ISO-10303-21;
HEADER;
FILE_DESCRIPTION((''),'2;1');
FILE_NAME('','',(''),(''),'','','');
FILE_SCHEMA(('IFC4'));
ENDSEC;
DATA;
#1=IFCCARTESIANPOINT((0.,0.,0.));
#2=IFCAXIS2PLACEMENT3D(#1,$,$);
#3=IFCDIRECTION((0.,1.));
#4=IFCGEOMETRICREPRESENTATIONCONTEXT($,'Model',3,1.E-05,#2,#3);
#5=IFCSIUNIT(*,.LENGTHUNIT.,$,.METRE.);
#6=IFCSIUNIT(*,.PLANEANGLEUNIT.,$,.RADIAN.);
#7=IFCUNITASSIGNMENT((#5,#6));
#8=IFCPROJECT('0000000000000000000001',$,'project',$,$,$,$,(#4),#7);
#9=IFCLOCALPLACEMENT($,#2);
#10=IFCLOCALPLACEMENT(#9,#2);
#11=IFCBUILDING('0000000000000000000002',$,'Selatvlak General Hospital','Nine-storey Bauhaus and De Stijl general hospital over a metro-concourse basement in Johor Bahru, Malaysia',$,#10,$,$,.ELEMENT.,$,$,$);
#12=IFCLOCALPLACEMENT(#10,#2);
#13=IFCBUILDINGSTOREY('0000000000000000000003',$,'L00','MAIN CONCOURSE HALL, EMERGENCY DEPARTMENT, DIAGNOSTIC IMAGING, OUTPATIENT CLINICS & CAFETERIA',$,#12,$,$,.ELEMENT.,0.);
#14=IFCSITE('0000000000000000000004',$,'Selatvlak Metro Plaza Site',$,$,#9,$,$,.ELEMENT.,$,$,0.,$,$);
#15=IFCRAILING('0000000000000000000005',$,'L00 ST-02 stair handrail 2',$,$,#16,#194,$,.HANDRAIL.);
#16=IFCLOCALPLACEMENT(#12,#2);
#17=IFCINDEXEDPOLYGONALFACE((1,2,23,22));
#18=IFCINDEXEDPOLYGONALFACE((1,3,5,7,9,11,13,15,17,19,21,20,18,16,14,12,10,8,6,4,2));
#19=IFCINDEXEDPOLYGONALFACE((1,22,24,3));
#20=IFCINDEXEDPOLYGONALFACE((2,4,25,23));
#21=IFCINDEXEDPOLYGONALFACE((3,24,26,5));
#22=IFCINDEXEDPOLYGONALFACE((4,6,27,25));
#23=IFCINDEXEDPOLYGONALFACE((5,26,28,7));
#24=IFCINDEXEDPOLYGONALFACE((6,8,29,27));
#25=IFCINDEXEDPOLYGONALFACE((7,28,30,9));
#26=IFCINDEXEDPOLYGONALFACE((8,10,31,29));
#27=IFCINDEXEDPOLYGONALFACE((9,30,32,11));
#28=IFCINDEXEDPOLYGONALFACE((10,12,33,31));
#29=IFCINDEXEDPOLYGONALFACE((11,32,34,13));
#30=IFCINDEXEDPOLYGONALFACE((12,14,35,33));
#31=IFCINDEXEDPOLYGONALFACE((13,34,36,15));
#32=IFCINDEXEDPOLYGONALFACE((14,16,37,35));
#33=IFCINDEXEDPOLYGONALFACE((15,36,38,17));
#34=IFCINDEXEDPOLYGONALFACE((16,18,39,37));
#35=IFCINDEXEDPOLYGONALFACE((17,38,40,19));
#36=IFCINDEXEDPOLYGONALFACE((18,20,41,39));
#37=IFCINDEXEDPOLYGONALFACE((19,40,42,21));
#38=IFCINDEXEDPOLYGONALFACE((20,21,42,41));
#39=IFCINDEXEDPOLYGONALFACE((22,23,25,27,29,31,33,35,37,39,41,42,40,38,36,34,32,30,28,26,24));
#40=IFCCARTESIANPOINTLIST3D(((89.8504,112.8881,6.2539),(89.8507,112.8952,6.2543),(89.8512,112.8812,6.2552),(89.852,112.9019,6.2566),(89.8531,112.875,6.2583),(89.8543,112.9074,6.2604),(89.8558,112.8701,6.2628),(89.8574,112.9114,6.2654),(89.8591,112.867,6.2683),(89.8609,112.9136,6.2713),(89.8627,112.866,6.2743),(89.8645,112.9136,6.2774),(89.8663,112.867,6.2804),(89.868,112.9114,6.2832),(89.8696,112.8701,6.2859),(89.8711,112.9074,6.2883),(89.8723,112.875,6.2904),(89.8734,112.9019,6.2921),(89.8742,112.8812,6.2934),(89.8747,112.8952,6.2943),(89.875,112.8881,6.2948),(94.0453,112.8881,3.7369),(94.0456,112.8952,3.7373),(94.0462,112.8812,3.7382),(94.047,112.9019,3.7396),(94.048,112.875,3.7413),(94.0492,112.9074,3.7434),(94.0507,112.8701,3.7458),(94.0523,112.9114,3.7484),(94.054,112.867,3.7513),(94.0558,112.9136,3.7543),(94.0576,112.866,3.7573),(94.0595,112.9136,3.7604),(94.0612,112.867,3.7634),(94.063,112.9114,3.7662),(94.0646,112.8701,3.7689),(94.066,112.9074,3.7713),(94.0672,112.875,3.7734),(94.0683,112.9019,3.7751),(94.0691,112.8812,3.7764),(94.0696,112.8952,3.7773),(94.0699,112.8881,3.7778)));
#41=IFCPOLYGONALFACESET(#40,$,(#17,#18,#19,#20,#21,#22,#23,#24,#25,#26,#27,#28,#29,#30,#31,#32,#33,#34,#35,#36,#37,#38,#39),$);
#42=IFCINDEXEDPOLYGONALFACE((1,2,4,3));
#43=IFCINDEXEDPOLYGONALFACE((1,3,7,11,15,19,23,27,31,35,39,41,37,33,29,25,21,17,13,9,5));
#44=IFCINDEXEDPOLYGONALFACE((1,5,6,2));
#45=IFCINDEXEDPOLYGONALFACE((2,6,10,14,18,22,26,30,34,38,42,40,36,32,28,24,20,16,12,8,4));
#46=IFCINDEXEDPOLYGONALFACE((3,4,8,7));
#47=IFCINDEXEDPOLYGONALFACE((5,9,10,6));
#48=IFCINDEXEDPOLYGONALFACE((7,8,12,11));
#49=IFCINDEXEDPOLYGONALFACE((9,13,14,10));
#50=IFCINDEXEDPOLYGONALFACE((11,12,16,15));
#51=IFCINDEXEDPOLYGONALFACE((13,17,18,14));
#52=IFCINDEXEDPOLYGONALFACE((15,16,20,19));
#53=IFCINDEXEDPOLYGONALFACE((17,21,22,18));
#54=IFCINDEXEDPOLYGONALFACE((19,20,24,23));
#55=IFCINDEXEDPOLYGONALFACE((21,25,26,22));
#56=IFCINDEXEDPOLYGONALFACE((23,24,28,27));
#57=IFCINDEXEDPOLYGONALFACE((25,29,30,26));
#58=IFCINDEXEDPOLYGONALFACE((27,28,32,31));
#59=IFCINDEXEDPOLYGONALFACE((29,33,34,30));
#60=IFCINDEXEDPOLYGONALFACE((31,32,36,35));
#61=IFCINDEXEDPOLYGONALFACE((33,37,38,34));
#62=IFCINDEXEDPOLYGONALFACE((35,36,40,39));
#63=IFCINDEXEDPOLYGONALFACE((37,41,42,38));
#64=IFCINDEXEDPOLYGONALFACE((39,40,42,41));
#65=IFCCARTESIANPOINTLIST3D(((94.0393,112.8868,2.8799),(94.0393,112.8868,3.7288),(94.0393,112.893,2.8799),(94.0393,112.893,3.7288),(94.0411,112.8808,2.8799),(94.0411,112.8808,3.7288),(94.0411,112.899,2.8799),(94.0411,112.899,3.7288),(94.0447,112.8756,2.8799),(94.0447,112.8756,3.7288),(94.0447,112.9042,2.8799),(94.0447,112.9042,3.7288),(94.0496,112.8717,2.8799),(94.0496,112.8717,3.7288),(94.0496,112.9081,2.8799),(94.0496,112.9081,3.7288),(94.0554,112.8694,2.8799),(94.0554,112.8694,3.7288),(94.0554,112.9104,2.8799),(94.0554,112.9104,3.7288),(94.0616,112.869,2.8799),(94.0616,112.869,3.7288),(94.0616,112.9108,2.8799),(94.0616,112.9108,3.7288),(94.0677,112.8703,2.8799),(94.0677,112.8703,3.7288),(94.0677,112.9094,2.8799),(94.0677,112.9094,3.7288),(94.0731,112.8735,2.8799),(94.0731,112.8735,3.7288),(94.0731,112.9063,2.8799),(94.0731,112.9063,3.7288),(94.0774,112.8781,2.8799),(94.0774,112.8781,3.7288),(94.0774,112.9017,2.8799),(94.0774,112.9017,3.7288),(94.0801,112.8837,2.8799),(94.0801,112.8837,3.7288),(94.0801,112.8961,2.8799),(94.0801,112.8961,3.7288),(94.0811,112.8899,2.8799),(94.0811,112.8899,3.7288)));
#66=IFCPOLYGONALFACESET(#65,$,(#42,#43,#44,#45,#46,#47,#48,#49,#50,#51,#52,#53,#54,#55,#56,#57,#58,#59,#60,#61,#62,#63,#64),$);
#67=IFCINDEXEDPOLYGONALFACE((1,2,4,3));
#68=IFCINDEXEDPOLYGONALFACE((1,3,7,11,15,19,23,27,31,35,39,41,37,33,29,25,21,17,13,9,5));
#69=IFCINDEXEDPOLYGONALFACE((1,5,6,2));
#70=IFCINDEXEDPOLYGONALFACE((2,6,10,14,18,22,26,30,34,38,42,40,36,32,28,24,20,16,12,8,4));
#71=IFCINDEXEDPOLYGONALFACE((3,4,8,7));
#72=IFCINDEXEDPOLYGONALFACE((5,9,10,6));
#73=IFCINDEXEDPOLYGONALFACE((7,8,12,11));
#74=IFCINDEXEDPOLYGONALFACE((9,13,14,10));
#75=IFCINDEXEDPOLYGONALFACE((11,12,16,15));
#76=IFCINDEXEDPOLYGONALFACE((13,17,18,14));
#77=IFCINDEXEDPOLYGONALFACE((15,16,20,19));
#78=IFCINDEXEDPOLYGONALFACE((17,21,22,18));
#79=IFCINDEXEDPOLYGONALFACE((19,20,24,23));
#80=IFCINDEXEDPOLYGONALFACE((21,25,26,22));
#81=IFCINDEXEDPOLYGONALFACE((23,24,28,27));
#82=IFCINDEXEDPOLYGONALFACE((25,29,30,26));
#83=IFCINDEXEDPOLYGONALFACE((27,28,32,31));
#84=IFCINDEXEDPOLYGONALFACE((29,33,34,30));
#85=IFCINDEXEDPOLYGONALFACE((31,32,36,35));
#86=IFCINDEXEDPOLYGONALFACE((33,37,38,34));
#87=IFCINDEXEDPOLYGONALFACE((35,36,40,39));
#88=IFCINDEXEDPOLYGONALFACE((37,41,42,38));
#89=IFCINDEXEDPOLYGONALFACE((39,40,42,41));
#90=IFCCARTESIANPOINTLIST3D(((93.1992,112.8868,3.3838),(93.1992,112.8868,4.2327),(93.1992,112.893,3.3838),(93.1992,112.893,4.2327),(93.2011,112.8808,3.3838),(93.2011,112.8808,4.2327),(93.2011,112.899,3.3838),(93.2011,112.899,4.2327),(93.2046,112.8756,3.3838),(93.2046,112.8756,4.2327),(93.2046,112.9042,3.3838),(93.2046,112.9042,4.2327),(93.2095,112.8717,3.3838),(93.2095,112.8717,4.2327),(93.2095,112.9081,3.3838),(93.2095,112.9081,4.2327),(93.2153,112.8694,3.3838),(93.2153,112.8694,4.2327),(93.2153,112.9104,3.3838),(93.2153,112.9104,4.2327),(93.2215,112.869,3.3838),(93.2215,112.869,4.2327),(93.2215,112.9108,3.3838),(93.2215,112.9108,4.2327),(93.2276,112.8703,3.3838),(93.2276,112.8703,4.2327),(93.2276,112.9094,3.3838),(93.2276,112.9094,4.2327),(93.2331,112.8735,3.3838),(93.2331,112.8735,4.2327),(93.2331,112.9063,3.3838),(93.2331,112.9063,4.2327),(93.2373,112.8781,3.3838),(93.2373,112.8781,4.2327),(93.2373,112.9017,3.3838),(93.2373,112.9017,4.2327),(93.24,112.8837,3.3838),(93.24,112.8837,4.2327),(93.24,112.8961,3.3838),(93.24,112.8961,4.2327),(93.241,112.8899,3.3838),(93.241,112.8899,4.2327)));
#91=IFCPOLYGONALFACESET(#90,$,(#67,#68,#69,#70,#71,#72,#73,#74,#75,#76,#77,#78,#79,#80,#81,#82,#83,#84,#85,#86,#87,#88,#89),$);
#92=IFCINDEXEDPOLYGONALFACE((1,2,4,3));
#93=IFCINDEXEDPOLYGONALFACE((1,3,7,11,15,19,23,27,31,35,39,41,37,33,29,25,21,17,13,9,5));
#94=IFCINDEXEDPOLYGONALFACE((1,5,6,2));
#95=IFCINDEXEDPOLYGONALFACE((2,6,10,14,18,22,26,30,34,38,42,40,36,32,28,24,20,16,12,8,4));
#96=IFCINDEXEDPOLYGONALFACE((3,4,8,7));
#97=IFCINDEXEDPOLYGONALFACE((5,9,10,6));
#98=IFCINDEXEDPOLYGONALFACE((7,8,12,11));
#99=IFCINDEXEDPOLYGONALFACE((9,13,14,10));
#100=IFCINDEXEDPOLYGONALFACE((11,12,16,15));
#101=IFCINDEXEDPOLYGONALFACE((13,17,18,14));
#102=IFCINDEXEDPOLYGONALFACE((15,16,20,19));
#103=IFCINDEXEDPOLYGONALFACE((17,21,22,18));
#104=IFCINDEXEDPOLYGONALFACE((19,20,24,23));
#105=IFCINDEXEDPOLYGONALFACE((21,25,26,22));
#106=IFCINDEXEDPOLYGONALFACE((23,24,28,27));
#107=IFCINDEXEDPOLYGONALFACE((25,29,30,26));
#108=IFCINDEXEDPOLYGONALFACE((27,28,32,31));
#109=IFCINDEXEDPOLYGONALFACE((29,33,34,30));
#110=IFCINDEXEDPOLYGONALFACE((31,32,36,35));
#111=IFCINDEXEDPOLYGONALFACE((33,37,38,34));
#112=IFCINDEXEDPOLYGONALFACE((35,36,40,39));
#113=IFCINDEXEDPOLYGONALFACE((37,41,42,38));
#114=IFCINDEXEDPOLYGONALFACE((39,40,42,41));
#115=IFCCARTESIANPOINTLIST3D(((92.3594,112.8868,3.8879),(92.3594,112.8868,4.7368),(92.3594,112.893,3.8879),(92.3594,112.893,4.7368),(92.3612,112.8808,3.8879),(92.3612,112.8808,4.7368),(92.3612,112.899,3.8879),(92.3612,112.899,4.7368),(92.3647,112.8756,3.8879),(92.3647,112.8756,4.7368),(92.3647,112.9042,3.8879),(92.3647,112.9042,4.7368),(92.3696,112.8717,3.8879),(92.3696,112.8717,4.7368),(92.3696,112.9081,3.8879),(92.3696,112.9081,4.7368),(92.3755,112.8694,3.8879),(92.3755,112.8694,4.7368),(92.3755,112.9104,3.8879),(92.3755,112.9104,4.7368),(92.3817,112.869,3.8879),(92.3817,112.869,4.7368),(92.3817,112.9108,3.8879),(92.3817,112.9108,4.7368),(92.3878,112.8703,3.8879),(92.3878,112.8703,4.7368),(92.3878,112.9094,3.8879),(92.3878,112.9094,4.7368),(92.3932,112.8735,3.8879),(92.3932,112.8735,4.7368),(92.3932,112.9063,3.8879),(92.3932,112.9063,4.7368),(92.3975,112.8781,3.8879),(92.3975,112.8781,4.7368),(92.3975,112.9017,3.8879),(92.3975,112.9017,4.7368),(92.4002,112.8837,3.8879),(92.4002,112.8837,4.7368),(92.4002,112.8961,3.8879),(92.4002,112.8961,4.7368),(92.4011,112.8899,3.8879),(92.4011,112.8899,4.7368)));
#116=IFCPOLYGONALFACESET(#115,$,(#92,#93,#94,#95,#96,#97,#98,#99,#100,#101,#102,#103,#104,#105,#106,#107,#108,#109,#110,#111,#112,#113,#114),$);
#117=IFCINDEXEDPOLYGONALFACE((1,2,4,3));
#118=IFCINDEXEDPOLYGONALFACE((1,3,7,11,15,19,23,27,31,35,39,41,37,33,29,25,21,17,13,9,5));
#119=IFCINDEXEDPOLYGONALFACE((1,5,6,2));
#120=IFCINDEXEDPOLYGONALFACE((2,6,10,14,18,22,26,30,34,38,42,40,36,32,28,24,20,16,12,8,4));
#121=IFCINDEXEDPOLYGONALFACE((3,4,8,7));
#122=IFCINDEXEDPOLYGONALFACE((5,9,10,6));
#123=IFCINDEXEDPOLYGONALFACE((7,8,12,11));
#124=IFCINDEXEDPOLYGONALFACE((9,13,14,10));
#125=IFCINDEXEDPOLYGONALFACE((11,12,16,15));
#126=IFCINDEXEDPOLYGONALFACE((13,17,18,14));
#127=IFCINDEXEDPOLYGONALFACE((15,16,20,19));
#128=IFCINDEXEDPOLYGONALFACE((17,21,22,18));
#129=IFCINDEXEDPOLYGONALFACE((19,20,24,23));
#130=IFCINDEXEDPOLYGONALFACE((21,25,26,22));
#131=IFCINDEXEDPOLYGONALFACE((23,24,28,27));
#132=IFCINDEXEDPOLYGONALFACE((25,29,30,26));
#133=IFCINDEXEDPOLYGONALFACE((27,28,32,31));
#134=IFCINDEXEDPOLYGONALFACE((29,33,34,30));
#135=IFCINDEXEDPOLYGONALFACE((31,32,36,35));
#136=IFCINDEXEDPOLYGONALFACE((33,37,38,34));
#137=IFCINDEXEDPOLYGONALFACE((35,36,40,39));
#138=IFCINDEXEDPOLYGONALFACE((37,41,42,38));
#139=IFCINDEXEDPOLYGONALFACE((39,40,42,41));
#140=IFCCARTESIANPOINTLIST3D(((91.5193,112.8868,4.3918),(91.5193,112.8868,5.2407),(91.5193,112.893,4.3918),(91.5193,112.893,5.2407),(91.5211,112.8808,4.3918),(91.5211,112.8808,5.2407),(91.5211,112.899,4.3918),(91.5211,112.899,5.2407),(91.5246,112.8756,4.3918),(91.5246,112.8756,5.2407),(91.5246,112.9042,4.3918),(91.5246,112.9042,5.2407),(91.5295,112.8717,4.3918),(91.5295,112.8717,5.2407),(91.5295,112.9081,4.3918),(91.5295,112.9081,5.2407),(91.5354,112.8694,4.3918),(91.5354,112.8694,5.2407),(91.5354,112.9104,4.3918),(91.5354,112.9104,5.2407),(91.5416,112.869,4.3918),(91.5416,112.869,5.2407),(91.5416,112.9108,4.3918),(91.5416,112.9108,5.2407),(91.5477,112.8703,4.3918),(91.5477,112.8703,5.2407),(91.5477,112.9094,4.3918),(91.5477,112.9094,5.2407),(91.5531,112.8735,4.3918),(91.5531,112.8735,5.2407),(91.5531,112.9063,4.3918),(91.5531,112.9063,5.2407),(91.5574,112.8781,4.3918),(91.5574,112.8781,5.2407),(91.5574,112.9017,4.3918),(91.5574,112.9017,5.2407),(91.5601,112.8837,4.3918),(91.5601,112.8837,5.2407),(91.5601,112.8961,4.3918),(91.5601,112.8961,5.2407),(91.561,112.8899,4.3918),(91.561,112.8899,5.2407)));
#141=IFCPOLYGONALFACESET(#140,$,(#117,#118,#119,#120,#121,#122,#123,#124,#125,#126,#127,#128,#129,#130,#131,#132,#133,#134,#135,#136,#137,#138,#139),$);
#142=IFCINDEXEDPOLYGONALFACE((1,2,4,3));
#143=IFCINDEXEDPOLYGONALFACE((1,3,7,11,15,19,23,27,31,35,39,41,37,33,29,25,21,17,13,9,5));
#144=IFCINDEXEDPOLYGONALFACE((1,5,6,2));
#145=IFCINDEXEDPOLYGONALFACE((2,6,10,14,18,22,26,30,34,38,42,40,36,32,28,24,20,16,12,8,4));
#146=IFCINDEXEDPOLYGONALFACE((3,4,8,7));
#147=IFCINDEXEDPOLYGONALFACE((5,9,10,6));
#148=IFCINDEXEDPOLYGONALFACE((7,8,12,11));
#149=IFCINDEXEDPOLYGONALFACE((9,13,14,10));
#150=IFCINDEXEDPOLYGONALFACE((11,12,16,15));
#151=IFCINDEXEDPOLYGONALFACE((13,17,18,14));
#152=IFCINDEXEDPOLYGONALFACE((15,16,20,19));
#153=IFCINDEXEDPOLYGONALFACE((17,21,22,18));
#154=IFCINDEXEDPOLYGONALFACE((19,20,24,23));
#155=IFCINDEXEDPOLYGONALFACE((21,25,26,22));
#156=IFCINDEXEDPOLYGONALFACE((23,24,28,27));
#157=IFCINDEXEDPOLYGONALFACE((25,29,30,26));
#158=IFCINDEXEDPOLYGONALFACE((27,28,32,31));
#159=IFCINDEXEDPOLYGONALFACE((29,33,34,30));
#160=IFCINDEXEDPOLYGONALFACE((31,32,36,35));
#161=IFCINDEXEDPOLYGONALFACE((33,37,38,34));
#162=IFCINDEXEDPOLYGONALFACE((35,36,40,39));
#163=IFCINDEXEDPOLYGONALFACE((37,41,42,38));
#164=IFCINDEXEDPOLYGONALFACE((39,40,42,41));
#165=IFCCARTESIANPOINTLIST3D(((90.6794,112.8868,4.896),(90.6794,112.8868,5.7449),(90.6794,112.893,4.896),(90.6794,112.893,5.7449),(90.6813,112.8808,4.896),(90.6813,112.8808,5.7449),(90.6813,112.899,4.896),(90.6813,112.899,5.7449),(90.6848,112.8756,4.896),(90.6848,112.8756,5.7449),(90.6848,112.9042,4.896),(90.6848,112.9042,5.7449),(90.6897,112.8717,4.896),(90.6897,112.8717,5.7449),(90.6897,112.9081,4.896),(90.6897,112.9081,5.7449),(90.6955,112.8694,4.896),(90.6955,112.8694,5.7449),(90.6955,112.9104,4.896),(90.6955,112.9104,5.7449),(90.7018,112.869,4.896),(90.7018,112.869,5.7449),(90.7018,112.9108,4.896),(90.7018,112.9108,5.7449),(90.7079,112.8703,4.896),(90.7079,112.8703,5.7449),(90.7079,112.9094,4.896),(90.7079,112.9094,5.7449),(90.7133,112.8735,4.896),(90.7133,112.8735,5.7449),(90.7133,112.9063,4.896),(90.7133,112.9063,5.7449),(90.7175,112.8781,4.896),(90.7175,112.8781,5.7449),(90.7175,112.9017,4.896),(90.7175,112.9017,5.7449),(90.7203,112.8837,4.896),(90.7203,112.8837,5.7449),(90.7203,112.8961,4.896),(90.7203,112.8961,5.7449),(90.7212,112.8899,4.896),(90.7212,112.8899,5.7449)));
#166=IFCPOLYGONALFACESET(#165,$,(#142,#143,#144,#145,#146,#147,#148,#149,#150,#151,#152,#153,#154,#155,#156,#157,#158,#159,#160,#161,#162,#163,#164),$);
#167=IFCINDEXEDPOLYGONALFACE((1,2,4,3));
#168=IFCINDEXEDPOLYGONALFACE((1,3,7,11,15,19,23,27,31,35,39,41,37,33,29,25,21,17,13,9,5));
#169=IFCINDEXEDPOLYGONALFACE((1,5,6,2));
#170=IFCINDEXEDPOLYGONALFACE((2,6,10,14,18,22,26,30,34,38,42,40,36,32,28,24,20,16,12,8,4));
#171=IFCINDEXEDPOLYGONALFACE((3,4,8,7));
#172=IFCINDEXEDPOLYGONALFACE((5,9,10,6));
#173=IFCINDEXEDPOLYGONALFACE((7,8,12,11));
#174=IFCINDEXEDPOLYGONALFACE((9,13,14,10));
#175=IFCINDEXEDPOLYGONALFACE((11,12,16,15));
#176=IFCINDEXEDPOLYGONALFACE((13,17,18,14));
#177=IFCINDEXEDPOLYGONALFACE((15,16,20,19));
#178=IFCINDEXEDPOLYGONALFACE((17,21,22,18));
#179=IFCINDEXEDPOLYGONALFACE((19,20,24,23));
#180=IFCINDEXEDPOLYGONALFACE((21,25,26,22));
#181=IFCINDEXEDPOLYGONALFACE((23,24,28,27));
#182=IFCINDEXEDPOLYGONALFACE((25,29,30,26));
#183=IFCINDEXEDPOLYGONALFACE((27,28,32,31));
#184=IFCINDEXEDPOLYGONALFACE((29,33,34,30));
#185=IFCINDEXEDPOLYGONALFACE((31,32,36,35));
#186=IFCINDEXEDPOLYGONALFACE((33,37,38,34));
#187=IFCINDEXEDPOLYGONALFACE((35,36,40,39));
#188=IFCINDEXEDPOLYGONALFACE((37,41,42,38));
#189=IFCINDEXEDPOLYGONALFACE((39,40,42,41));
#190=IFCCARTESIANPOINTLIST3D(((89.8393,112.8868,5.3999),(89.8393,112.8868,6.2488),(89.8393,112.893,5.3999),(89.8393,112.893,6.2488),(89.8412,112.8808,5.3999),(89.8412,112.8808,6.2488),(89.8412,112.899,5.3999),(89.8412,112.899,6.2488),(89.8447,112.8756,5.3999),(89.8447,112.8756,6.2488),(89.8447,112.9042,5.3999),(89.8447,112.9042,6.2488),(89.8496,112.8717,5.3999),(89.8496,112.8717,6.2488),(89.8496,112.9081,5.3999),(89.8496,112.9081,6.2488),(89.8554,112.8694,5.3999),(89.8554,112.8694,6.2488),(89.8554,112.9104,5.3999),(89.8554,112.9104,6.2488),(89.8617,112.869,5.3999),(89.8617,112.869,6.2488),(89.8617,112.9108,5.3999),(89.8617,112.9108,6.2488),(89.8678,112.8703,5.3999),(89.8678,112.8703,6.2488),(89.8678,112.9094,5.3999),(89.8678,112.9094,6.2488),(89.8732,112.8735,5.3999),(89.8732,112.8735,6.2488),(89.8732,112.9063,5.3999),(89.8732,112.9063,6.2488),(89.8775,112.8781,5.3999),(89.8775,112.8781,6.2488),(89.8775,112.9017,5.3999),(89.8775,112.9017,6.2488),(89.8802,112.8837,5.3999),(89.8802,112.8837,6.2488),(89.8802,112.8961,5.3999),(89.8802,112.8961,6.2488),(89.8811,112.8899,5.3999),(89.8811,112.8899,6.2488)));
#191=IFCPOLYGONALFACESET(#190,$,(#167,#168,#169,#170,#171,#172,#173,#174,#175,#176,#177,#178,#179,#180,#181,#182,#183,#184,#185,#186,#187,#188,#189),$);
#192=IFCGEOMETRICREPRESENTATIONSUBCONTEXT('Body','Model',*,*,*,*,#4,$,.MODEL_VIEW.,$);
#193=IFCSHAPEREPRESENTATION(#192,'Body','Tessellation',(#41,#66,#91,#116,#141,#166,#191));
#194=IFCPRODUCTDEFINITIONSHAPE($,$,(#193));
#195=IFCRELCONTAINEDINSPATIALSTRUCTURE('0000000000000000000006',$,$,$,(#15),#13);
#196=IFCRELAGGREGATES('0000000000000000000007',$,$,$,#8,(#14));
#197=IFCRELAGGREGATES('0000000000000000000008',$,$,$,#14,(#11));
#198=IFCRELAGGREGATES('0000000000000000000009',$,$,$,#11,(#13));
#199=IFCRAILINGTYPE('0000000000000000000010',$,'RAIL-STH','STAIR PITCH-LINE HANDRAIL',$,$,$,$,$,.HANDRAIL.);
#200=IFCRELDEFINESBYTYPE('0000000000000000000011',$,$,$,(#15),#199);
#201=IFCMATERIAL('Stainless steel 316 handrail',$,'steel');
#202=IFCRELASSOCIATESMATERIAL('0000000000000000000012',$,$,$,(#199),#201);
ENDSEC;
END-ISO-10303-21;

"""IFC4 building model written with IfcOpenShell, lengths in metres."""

from ifc_helpers import new_model, si_unit, direction, frame, origin, origin_2d, place, context, subcontext, project, spatial, circle, extrude, material, type_object, element, save


model = new_model("IFC4")

# Units and contexts
model_context = context("Model", 3, precision=1e-05, world=origin(), true_north=direction((0.0, 1.0)))
body_context = subcontext(model_context, "Body", "Model", "MODEL_VIEW")
ifc_project = project(units=[si_unit("LENGTHUNIT", "METRE"), si_unit("PLANEANGLEUNIT", "RADIAN")], contexts=[model_context])

# Site, building, storey
site_placement = place(None, origin())
site = spatial("IfcSite", under=ifc_project, at=site_placement, Name="Selatvlak Metro Plaza Site", CompositionType="ELEMENT", RefElevation=0.0)
building_placement = place(site_placement, origin())
building = spatial("IfcBuilding", under=site, at=building_placement, Name="Selatvlak General Hospital", Description="Nine-storey Bauhaus and De Stijl general hospital over a metro-concourse basement in Johor Bahru, Malaysia", CompositionType="ELEMENT")
storey_placement = place(building_placement, origin())
storey = spatial("IfcBuildingStorey", under=building, at=storey_placement, Name="L00", Description="MAIN CONCOURSE HALL, EMERGENCY DEPARTMENT, DIAGNOSTIC IMAGING, OUTPATIENT CLINICS & CAFETERIA", CompositionType="ELEMENT", Elevation=0.0)

# Railing
ifc_material_1 = material(Name="Stainless steel 316 handrail", Category="steel")
railing_type_1 = type_object("IfcRailingType", Name="RAIL-STH", Description="STAIR PITCH-LINE HANDRAIL", PredefinedType="HANDRAIL", material=ifc_material_1)
railing_1_placement = place(storey_placement, frame((94.0601, 112.8899, 2.8799)))
element("IfcRailing", 1, at=railing_1_placement, inside=storey, type_object=railing_type_1, Name="L00 ST-02 stair handrail 2", PredefinedType="HANDRAIL", context=body_context, shape_type="SweptSolid", body=[
    extrude(circle(Radius=0.0239, at=origin_2d()), frame((-0.0024, 0.0, 0.8774), z_axis=(-0.857489, 0.0, 0.514503), x_axis=(0.0, -1.0, 0.0)), (0.0, 0.0, 1.0), 4.8921),
    extrude(circle(Radius=0.021, at=origin_2d()), origin(), (0.0, 0.0, 1.0), 0.8489),
    extrude(circle(Radius=0.021, at=origin_2d()), frame((-0.8401, 0.0, 0.5039)), (0.0, 0.0, 1.0), 0.8489),
    extrude(circle(Radius=0.021, at=origin_2d()), frame((-1.6799, 0.0, 1.0081)), (0.0, 0.0, 1.0), 0.8489),
    extrude(circle(Radius=0.021, at=origin_2d()), frame((-2.52, 0.0, 1.512)), (0.0, 0.0, 1.0), 0.8489),
    extrude(circle(Radius=0.021, at=origin_2d()), frame((-3.3599, 0.0, 2.0161)), (0.0, 0.0, 1.0), 0.8489),
    extrude(circle(Radius=0.021, at=origin_2d()), frame((-4.2, 0.0, 2.52)), (0.0, 0.0, 1.0), 0.8489),
])

save(model, "model.ifc")
